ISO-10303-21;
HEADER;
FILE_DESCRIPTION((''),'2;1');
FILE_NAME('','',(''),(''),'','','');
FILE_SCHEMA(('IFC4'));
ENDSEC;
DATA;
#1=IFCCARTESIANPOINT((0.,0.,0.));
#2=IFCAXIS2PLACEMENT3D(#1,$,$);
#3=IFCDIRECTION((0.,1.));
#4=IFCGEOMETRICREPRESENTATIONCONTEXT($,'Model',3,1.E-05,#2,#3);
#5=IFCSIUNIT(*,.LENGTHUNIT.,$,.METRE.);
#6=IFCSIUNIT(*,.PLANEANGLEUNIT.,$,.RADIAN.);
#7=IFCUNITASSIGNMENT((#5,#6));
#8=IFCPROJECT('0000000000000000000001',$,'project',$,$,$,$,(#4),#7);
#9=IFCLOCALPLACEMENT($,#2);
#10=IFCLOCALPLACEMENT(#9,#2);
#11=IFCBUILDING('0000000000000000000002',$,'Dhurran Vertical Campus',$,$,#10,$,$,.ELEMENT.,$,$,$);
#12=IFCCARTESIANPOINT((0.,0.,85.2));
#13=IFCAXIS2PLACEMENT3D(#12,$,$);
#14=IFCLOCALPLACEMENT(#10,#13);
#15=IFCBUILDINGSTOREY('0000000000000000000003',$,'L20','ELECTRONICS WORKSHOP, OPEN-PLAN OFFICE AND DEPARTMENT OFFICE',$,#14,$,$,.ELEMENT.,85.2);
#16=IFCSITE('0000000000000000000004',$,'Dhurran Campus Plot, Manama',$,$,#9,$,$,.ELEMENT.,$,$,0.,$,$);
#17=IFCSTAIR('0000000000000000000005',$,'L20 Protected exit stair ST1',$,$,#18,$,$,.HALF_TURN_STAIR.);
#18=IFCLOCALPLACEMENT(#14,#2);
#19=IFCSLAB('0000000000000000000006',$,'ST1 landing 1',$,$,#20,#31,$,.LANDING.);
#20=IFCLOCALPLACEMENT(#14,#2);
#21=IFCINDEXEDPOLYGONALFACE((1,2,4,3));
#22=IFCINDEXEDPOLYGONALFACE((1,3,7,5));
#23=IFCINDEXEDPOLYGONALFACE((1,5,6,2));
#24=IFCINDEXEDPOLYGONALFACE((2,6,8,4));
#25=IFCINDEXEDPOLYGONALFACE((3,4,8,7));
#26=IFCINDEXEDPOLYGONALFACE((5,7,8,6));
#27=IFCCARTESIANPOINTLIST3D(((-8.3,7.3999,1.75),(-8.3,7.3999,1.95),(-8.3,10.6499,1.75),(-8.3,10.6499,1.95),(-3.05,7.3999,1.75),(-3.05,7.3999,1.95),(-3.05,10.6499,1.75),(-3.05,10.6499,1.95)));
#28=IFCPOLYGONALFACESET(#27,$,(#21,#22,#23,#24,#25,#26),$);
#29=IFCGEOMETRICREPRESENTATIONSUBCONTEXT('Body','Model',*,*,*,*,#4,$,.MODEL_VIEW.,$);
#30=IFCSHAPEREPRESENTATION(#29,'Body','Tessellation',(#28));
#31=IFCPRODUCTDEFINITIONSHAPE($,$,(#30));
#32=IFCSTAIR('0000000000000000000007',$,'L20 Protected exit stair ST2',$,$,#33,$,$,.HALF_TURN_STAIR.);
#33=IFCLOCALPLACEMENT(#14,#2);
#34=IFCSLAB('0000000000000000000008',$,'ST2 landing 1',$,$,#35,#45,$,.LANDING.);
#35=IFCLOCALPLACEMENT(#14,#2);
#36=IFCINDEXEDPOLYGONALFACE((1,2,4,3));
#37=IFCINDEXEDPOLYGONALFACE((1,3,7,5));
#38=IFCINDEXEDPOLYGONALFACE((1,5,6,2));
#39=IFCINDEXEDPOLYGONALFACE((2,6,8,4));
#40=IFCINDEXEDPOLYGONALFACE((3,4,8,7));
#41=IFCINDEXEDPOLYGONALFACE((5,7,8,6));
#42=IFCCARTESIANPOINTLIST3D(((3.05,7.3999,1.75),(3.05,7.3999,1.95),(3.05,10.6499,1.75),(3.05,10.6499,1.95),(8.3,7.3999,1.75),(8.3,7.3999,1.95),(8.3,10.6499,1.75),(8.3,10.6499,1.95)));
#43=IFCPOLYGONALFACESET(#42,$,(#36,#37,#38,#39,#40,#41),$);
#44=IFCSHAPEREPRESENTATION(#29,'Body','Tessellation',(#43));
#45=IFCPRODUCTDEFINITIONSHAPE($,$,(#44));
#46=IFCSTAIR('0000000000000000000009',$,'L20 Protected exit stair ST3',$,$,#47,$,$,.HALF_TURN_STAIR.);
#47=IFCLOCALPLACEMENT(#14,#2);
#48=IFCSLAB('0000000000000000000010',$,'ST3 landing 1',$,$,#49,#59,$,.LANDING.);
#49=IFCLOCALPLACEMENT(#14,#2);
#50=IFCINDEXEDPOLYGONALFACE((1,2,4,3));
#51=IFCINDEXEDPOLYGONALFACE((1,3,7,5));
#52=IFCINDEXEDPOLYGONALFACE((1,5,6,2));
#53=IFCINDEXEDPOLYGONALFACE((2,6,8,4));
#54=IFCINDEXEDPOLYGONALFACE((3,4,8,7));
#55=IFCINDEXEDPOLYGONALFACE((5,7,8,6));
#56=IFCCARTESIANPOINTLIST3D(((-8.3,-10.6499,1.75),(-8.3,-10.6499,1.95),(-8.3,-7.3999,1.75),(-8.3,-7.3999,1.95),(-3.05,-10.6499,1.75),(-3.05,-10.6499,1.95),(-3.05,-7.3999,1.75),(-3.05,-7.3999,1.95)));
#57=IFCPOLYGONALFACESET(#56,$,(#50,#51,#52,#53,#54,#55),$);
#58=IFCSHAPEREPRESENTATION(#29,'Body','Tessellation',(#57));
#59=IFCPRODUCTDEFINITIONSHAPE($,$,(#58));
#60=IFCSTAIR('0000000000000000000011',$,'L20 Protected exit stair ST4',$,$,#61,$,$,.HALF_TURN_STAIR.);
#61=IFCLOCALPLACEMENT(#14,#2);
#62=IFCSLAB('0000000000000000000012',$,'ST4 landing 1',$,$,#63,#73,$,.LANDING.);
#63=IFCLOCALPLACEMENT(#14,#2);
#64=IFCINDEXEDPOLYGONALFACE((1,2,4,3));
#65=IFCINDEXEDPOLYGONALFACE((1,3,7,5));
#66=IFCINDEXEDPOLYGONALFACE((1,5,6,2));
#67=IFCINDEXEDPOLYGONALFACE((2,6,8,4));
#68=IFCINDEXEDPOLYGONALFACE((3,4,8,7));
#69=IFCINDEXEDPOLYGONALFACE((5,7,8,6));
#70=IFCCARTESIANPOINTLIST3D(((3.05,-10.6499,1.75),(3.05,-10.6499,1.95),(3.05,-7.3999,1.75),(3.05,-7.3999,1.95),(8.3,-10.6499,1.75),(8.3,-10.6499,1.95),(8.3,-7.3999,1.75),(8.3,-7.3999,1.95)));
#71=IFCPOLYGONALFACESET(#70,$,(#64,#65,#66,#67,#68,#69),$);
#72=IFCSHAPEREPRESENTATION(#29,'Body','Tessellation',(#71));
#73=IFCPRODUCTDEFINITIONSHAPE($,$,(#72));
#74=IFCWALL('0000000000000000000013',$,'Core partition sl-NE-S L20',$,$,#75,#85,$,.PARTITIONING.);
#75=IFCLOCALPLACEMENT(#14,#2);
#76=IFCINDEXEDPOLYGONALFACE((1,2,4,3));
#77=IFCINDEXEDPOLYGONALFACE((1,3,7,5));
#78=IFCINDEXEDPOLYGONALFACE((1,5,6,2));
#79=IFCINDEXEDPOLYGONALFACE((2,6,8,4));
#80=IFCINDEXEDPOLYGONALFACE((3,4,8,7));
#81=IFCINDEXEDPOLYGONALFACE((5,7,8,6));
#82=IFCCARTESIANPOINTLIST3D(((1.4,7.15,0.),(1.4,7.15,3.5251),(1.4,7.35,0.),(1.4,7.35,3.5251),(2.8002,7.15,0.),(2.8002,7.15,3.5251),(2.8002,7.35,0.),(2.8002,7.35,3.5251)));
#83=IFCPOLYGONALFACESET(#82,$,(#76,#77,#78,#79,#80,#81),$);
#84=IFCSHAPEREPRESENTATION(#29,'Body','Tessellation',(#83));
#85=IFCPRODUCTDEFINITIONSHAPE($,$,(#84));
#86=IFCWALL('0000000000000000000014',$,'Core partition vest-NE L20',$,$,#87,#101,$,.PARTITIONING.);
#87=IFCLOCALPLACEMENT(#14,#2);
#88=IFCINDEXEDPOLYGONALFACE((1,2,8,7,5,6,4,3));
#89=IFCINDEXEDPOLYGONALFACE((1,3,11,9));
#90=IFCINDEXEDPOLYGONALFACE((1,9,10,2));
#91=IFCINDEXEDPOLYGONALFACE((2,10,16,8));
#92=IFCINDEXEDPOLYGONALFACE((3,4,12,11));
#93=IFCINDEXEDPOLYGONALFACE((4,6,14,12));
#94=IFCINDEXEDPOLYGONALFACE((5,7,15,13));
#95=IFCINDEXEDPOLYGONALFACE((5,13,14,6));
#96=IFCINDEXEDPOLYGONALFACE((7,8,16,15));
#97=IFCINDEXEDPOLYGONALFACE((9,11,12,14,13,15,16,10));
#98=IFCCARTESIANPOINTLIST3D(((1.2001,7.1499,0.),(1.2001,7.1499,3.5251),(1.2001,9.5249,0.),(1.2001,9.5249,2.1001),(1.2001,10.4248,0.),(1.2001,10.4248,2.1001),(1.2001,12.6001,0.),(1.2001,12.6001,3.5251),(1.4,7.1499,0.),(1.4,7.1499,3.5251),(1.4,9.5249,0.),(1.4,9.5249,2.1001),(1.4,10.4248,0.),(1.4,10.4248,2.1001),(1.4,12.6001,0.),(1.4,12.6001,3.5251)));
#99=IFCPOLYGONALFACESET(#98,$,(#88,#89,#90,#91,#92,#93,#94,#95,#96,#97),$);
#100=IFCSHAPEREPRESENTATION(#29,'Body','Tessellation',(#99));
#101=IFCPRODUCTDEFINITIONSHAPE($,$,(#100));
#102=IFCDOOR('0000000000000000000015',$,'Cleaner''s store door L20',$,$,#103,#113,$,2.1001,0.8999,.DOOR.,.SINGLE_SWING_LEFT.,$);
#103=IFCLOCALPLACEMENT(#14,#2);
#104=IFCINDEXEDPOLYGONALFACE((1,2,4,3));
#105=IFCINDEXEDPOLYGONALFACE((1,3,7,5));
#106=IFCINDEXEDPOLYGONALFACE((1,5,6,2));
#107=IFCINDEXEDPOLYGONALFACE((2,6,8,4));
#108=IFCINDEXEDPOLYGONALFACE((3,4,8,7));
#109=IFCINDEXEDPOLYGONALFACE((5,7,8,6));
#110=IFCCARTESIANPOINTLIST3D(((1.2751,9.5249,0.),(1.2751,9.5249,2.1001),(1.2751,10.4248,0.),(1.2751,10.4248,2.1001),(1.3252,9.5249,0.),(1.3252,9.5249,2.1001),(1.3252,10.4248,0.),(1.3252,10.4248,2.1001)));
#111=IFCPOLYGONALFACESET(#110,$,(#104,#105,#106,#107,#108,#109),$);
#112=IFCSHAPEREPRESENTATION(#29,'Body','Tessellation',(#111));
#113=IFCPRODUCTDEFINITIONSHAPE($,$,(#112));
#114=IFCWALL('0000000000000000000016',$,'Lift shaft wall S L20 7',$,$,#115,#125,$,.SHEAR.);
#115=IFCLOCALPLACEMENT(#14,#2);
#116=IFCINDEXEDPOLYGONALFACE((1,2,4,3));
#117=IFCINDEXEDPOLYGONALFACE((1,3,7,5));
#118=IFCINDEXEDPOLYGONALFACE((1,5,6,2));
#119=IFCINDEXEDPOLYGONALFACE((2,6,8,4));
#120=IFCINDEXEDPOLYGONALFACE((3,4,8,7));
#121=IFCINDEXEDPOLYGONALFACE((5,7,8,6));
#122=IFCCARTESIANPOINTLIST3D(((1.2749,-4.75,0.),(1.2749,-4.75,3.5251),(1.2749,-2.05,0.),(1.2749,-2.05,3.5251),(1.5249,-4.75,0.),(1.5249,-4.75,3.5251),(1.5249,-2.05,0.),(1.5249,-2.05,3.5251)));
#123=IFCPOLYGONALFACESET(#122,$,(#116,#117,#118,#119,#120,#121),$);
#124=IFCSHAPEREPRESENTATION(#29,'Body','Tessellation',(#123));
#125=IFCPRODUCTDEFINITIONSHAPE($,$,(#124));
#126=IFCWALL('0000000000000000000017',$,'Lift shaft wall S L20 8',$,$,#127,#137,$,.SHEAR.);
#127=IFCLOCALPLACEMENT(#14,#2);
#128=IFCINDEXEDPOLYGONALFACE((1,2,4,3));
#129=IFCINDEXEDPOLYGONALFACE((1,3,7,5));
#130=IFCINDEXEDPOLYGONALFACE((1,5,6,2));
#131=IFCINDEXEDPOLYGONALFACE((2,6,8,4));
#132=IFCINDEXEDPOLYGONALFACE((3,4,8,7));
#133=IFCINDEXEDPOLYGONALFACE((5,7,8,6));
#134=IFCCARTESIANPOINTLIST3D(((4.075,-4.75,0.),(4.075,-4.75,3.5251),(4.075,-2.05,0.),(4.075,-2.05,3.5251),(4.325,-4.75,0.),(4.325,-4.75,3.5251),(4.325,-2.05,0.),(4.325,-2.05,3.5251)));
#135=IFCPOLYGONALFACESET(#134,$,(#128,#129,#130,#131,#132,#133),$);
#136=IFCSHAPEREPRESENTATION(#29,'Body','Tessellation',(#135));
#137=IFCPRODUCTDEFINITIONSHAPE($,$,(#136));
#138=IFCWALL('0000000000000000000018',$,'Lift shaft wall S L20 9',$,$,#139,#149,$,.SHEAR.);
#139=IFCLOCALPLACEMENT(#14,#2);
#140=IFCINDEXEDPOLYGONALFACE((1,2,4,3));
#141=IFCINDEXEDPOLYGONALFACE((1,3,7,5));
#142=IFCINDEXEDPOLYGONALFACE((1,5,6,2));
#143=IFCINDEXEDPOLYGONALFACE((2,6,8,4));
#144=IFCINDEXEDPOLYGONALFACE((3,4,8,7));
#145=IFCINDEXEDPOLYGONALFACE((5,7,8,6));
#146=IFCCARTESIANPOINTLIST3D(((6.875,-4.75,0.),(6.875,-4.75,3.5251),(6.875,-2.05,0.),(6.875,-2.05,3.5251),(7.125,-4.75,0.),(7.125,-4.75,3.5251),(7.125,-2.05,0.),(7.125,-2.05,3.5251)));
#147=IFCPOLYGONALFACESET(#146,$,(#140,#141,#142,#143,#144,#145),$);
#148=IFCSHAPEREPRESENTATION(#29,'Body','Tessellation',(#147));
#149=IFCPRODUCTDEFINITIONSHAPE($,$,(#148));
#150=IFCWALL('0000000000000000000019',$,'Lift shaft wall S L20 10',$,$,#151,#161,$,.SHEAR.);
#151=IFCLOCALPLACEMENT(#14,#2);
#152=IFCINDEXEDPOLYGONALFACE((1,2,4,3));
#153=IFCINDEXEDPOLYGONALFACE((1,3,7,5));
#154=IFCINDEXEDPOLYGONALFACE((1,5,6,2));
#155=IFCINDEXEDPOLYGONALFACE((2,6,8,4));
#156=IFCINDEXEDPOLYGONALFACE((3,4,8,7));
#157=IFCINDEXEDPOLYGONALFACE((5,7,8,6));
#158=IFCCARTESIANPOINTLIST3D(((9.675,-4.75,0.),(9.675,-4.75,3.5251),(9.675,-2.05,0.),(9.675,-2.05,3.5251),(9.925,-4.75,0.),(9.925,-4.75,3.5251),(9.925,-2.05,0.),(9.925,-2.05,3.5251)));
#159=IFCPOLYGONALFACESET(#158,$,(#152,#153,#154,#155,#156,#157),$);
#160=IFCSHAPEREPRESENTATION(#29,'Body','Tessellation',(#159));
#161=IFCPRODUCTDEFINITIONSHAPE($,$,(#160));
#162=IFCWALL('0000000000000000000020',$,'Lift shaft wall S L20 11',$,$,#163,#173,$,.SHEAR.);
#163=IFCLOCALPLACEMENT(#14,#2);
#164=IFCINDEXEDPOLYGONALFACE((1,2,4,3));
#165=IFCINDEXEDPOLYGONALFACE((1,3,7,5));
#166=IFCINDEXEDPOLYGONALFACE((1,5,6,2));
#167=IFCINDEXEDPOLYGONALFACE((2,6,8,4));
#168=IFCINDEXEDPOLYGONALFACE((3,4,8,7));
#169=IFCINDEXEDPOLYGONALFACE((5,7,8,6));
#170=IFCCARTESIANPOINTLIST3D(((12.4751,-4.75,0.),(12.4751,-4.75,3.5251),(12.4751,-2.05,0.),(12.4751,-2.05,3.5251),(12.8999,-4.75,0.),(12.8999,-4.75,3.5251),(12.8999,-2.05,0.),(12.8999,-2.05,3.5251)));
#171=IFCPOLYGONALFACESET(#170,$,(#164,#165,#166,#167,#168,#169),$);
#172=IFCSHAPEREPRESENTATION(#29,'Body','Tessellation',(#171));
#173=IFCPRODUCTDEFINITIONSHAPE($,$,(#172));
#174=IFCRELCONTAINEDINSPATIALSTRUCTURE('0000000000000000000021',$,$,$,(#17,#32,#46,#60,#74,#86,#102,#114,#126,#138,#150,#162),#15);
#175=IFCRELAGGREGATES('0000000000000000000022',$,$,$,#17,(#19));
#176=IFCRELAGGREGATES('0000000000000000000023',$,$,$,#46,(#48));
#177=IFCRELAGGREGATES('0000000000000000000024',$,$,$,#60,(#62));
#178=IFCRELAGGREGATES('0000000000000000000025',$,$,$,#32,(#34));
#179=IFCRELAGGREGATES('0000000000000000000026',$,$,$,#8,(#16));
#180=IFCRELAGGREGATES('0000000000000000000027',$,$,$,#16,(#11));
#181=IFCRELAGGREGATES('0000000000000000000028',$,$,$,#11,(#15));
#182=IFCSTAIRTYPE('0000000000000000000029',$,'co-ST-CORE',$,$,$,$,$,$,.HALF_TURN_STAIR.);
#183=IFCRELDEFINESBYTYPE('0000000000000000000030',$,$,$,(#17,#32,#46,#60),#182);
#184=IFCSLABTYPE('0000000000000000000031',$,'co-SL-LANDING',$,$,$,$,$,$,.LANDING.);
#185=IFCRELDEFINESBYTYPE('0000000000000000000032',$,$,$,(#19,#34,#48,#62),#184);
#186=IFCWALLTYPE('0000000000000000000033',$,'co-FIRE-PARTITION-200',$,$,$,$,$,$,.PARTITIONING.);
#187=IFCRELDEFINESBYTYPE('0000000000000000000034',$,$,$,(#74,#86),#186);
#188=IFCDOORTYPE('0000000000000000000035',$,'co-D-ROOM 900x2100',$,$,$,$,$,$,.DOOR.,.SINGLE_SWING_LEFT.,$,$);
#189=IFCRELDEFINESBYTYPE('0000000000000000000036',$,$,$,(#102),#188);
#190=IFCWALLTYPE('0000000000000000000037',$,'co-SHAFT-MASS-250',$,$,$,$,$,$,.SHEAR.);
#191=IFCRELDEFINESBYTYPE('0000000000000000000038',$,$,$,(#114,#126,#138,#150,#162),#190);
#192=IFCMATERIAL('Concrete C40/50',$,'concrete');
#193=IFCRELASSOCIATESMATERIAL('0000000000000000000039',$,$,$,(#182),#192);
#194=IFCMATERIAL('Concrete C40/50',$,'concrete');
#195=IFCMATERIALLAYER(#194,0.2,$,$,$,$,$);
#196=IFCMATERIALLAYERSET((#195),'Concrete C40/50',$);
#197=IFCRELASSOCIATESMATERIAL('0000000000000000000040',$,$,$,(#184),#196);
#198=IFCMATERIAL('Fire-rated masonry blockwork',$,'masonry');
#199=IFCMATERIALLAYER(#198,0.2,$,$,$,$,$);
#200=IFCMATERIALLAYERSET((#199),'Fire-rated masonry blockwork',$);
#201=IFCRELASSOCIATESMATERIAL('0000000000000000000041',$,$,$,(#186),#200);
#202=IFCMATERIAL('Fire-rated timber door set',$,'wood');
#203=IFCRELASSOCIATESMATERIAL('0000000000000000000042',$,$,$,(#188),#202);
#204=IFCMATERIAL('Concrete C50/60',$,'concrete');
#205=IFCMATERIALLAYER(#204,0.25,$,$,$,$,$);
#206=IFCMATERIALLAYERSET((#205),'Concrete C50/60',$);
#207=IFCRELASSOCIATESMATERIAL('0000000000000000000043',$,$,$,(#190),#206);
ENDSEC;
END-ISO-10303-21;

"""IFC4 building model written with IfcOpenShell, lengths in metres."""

from ifc_helpers import new_model, si_unit, direction, frame, frame_2d, origin, place, context, subcontext, project, spatial, polyline, rectangle, outline, extrude, material, layer, layer_set, type_object, element, fill, aggregate, save


model = new_model("IFC4")

# Units and contexts
model_context = context("Model", 3, precision=1e-05, world=origin(), true_north=direction((0.0, 1.0)))
body_context = subcontext(model_context, "Body", "Model", "MODEL_VIEW")
ifc_project = project(units=[si_unit("LENGTHUNIT", "METRE"), si_unit("PLANEANGLEUNIT", "RADIAN")], contexts=[model_context])

# Site, building, storey
site_placement = place(None, origin())
site = spatial("IfcSite", under=ifc_project, at=site_placement, Name="Dhurran Campus Plot, Manama", CompositionType="ELEMENT", RefElevation=0.0)
building_placement = place(site_placement, origin())
building = spatial("IfcBuilding", under=site, at=building_placement, Name="Dhurran Vertical Campus", CompositionType="ELEMENT")
storey_placement = place(building_placement, frame((0.0, 0.0, 85.2)))
storey = spatial("IfcBuildingStorey", under=building, at=storey_placement, Name="L20", Description="ELECTRONICS WORKSHOP, OPEN-PLAN OFFICE AND DEPARTMENT OFFICE", CompositionType="ELEMENT", Elevation=85.2)

# Stairs, slabs
ifc_material_1 = material(Name="Concrete C40/50", Category="concrete")
stair_type = type_object("IfcStairType", Name="co-ST-CORE", PredefinedType="HALF_TURN_STAIR", material=ifc_material_1)
stair_1_placement = place(storey_placement, origin())
stair_1 = element("IfcStair", 1, at=stair_1_placement, inside=storey, type_object=stair_type, Name="L20 Protected exit stair ST1", PredefinedType="HALF_TURN_STAIR")
ifc_material_2 = material(Name="Concrete C40/50", Category="concrete")
ifc_layer_1 = layer(ifc_material_2, 0.2)
ifc_layer_set_1 = layer_set([ifc_layer_1], Name="Concrete C40/50")
slab_type = type_object("IfcSlabType", Name="co-SL-LANDING", PredefinedType="LANDING", material=ifc_layer_set_1)
slab_1_placement = place(storey_placement, frame((0.0, 0.0, 1.75)))
slab_1 = element("IfcSlab", 2, at=slab_1_placement, type_object=slab_type, Name="ST1 landing 1", PredefinedType="LANDING", context=body_context, shape_type="SweptSolid", body=[
    extrude(outline(polyline([(-8.3, 7.3999), (-3.05, 7.3999), (-3.05, 10.6499), (-8.3, 10.6499), (-8.3, 7.3999)])), origin(), (0.0, 0.0, 1.0), 0.2),
])
aggregate(stair_1, [slab_1])
stair_2_placement = place(storey_placement, origin())
stair_2 = element("IfcStair", 3, at=stair_2_placement, inside=storey, type_object=stair_type, Name="L20 Protected exit stair ST2", PredefinedType="HALF_TURN_STAIR")
slab_2_placement = place(storey_placement, frame((0.0, 0.0, 1.75)))
slab_2 = element("IfcSlab", 4, at=slab_2_placement, type_object=slab_type, Name="ST2 landing 1", PredefinedType="LANDING", context=body_context, shape_type="SweptSolid", body=[
    extrude(outline(polyline([(8.3, 10.6499), (3.05, 10.6499), (3.05, 7.3999), (8.3, 7.3999), (8.3, 10.6499)])), origin(), (0.0, 0.0, 1.0), 0.2),
])
stair_3_placement = place(storey_placement, origin())
stair_3 = element("IfcStair", 5, at=stair_3_placement, inside=storey, type_object=stair_type, Name="L20 Protected exit stair ST3", PredefinedType="HALF_TURN_STAIR")
slab_3_placement = place(storey_placement, frame((0.0, 0.0, 1.75)))
slab_3 = element("IfcSlab", 6, at=slab_3_placement, type_object=slab_type, Name="ST3 landing 1", PredefinedType="LANDING", context=body_context, shape_type="SweptSolid", body=[
    extrude(outline(polyline([(-8.3, -10.6499), (-3.05, -10.6499), (-3.05, -7.3999), (-8.3, -7.3999), (-8.3, -10.6499)])), origin(), (0.0, 0.0, 1.0), 0.2),
])
aggregate(stair_3, [slab_3])
stair_4_placement = place(storey_placement, origin())
stair_4 = element("IfcStair", 7, at=stair_4_placement, inside=storey, type_object=stair_type, Name="L20 Protected exit stair ST4", PredefinedType="HALF_TURN_STAIR")
slab_4_placement = place(storey_placement, frame((0.0, 0.0, 1.75)))
slab_4 = element("IfcSlab", 8, at=slab_4_placement, type_object=slab_type, Name="ST4 landing 1", PredefinedType="LANDING", context=body_context, shape_type="SweptSolid", body=[
    extrude(outline(polyline([(8.3, -7.3999), (3.05, -7.3999), (3.05, -10.6499), (8.3, -10.6499), (8.3, -7.3999)])), origin(), (0.0, 0.0, 1.0), 0.2),
])
aggregate(stair_4, [slab_4])

# Wall
ifc_material_3 = material(Name="Fire-rated masonry blockwork", Category="masonry")
ifc_layer_2 = layer(ifc_material_3, 0.2)
ifc_layer_set_2 = layer_set([ifc_layer_2], Name="Fire-rated masonry blockwork")
wall_type_1 = type_object("IfcWallType", Name="co-FIRE-PARTITION-200", PredefinedType="PARTITIONING", material=ifc_layer_set_2)
wall_1_placement = place(storey_placement, frame((1.3999, 7.25, 0.0), z_axis=(0.0, 0.0, 1.0), x_axis=(1.0, 0.0, 0.0)))
element("IfcWall", 9, at=wall_1_placement, inside=storey, type_object=wall_type_1, Name="Core partition sl-NE-S L20", PredefinedType="PARTITIONING", context=body_context, shape_type="SweptSolid", body=[
    extrude(rectangle(XDim=1.4001, YDim=0.2, at=frame_2d((0.7002, 0.0))), origin(), (0.0, 0.0, 1.0), 3.5251),
])

# Wall, opening, door
wall_2_placement = place(storey_placement, frame((1.3, 7.1499, 0.0), z_axis=(0.0, 0.0, 1.0), x_axis=(0.0, 1.0, 0.0)))
wall_2 = element("IfcWall", 10, at=wall_2_placement, inside=storey, type_object=wall_type_1, Name="Core partition vest-NE L20", PredefinedType="PARTITIONING", context=body_context, shape_type="SweptSolid", body=[
    extrude(rectangle(XDim=5.4502, YDim=0.2, at=frame_2d((2.7251, 0.0))), origin(), (0.0, 0.0, 1.0), 3.5251),
])
opening_1_placement = place(wall_2_placement, frame((2.375, 0.0, 0.0)))
opening_1 = element("IfcOpeningElement", 11, at=opening_1_placement, cuts=wall_2, PredefinedType="OPENING", context=body_context, shape_type="SweptSolid", body=[
    extrude(rectangle(XDim=0.8999, YDim=2.1001, at=frame_2d((0.45, 1.05))), frame((0.0, 0.1099, 0.0), z_axis=(0.0, -1.0, 0.0), x_axis=(1.0, 0.0, 0.0)), (0.0, 0.0, 1.0), 0.22),
])
ifc_material_4 = material(Name="Fire-rated timber door set", Category="wood")
door_type_1 = type_object("IfcDoorType", Name="co-D-ROOM 900x2100", OperationType="SINGLE_SWING_LEFT", PredefinedType="DOOR", material=ifc_material_4)
door_1_placement = place(opening_1_placement, origin())
door_1 = element("IfcDoor", 12, at=door_1_placement, inside=storey, type_object=door_type_1, Name="Cleaner's store door L20", OperationType="SINGLE_SWING_LEFT", OverallHeight=2.1001, OverallWidth=0.8999, PredefinedType="DOOR", context=body_context, shape_type="SweptSolid", body=[
    extrude(rectangle(XDim=0.8999, YDim=2.1001, at=frame_2d((0.45, 1.05))), frame((0.0, 0.0249, 0.0), z_axis=(0.0, -1.0, 0.0), x_axis=(1.0, 0.0, 0.0)), (0.0, 0.0, 1.0), 0.05),
])
fill(opening_1, door_1)

# Walls
ifc_material_5 = material(Name="Concrete C50/60", Category="concrete")
ifc_layer_3 = layer(ifc_material_5, 0.25)
ifc_layer_set_3 = layer_set([ifc_layer_3], Name="Concrete C50/60")
wall_type_2 = type_object("IfcWallType", Name="co-SHAFT-MASS-250", PredefinedType="SHEAR", material=ifc_layer_set_3)
wall_3_placement = place(storey_placement, origin())
element("IfcWall", 13, at=wall_3_placement, inside=storey, type_object=wall_type_2, Name="Lift shaft wall S L20 7", PredefinedType="SHEAR", context=body_context, shape_type="SweptSolid", body=[
    extrude(outline(polyline([(1.2749, -4.75), (1.5249, -4.75), (1.5249, -2.05), (1.2749, -2.05), (1.2749, -4.75)])), origin(), (0.0, 0.0, 1.0), 3.5251),
])
wall_4_placement = place(storey_placement, origin())
element("IfcWall", 14, at=wall_4_placement, inside=storey, type_object=wall_type_2, Name="Lift shaft wall S L20 8", PredefinedType="SHEAR", context=body_context, shape_type="SweptSolid", body=[
    extrude(outline(polyline([(4.075, -4.75), (4.325, -4.75), (4.325, -2.05), (4.075, -2.05), (4.075, -4.75)])), origin(), (0.0, 0.0, 1.0), 3.5251),
])
wall_5_placement = place(storey_placement, origin())
element("IfcWall", 15, at=wall_5_placement, inside=storey, type_object=wall_type_2, Name="Lift shaft wall S L20 9", PredefinedType="SHEAR", context=body_context, shape_type="SweptSolid", body=[
    extrude(outline(polyline([(6.875, -4.75), (7.125, -4.75), (7.125, -2.05), (6.875, -2.05), (6.875, -4.75)])), origin(), (0.0, 0.0, 1.0), 3.5251),
])
wall_6_placement = place(storey_placement, origin())
element("IfcWall", 16, at=wall_6_placement, inside=storey, type_object=wall_type_2, Name="Lift shaft wall S L20 10", PredefinedType="SHEAR", context=body_context, shape_type="SweptSolid", body=[
    extrude(outline(polyline([(9.675, -4.75), (9.925, -4.75), (9.925, -2.05), (9.675, -2.05), (9.675, -4.75)])), origin(), (0.0, 0.0, 1.0), 3.5251),
])
wall_7_placement = place(storey_placement, origin())
element("IfcWall", 17, at=wall_7_placement, inside=storey, type_object=wall_type_2, Name="Lift shaft wall S L20 11", PredefinedType="SHEAR", context=body_context, shape_type="SweptSolid", body=[
    extrude(outline(polyline([(12.4751, -4.75), (12.8999, -4.75), (12.8999, -2.05), (12.4751, -2.05), (12.4751, -4.75)])), origin(), (0.0, 0.0, 1.0), 3.5251),
])

aggregate(stair_2, [slab_2])

save(model, "model.ifc")
